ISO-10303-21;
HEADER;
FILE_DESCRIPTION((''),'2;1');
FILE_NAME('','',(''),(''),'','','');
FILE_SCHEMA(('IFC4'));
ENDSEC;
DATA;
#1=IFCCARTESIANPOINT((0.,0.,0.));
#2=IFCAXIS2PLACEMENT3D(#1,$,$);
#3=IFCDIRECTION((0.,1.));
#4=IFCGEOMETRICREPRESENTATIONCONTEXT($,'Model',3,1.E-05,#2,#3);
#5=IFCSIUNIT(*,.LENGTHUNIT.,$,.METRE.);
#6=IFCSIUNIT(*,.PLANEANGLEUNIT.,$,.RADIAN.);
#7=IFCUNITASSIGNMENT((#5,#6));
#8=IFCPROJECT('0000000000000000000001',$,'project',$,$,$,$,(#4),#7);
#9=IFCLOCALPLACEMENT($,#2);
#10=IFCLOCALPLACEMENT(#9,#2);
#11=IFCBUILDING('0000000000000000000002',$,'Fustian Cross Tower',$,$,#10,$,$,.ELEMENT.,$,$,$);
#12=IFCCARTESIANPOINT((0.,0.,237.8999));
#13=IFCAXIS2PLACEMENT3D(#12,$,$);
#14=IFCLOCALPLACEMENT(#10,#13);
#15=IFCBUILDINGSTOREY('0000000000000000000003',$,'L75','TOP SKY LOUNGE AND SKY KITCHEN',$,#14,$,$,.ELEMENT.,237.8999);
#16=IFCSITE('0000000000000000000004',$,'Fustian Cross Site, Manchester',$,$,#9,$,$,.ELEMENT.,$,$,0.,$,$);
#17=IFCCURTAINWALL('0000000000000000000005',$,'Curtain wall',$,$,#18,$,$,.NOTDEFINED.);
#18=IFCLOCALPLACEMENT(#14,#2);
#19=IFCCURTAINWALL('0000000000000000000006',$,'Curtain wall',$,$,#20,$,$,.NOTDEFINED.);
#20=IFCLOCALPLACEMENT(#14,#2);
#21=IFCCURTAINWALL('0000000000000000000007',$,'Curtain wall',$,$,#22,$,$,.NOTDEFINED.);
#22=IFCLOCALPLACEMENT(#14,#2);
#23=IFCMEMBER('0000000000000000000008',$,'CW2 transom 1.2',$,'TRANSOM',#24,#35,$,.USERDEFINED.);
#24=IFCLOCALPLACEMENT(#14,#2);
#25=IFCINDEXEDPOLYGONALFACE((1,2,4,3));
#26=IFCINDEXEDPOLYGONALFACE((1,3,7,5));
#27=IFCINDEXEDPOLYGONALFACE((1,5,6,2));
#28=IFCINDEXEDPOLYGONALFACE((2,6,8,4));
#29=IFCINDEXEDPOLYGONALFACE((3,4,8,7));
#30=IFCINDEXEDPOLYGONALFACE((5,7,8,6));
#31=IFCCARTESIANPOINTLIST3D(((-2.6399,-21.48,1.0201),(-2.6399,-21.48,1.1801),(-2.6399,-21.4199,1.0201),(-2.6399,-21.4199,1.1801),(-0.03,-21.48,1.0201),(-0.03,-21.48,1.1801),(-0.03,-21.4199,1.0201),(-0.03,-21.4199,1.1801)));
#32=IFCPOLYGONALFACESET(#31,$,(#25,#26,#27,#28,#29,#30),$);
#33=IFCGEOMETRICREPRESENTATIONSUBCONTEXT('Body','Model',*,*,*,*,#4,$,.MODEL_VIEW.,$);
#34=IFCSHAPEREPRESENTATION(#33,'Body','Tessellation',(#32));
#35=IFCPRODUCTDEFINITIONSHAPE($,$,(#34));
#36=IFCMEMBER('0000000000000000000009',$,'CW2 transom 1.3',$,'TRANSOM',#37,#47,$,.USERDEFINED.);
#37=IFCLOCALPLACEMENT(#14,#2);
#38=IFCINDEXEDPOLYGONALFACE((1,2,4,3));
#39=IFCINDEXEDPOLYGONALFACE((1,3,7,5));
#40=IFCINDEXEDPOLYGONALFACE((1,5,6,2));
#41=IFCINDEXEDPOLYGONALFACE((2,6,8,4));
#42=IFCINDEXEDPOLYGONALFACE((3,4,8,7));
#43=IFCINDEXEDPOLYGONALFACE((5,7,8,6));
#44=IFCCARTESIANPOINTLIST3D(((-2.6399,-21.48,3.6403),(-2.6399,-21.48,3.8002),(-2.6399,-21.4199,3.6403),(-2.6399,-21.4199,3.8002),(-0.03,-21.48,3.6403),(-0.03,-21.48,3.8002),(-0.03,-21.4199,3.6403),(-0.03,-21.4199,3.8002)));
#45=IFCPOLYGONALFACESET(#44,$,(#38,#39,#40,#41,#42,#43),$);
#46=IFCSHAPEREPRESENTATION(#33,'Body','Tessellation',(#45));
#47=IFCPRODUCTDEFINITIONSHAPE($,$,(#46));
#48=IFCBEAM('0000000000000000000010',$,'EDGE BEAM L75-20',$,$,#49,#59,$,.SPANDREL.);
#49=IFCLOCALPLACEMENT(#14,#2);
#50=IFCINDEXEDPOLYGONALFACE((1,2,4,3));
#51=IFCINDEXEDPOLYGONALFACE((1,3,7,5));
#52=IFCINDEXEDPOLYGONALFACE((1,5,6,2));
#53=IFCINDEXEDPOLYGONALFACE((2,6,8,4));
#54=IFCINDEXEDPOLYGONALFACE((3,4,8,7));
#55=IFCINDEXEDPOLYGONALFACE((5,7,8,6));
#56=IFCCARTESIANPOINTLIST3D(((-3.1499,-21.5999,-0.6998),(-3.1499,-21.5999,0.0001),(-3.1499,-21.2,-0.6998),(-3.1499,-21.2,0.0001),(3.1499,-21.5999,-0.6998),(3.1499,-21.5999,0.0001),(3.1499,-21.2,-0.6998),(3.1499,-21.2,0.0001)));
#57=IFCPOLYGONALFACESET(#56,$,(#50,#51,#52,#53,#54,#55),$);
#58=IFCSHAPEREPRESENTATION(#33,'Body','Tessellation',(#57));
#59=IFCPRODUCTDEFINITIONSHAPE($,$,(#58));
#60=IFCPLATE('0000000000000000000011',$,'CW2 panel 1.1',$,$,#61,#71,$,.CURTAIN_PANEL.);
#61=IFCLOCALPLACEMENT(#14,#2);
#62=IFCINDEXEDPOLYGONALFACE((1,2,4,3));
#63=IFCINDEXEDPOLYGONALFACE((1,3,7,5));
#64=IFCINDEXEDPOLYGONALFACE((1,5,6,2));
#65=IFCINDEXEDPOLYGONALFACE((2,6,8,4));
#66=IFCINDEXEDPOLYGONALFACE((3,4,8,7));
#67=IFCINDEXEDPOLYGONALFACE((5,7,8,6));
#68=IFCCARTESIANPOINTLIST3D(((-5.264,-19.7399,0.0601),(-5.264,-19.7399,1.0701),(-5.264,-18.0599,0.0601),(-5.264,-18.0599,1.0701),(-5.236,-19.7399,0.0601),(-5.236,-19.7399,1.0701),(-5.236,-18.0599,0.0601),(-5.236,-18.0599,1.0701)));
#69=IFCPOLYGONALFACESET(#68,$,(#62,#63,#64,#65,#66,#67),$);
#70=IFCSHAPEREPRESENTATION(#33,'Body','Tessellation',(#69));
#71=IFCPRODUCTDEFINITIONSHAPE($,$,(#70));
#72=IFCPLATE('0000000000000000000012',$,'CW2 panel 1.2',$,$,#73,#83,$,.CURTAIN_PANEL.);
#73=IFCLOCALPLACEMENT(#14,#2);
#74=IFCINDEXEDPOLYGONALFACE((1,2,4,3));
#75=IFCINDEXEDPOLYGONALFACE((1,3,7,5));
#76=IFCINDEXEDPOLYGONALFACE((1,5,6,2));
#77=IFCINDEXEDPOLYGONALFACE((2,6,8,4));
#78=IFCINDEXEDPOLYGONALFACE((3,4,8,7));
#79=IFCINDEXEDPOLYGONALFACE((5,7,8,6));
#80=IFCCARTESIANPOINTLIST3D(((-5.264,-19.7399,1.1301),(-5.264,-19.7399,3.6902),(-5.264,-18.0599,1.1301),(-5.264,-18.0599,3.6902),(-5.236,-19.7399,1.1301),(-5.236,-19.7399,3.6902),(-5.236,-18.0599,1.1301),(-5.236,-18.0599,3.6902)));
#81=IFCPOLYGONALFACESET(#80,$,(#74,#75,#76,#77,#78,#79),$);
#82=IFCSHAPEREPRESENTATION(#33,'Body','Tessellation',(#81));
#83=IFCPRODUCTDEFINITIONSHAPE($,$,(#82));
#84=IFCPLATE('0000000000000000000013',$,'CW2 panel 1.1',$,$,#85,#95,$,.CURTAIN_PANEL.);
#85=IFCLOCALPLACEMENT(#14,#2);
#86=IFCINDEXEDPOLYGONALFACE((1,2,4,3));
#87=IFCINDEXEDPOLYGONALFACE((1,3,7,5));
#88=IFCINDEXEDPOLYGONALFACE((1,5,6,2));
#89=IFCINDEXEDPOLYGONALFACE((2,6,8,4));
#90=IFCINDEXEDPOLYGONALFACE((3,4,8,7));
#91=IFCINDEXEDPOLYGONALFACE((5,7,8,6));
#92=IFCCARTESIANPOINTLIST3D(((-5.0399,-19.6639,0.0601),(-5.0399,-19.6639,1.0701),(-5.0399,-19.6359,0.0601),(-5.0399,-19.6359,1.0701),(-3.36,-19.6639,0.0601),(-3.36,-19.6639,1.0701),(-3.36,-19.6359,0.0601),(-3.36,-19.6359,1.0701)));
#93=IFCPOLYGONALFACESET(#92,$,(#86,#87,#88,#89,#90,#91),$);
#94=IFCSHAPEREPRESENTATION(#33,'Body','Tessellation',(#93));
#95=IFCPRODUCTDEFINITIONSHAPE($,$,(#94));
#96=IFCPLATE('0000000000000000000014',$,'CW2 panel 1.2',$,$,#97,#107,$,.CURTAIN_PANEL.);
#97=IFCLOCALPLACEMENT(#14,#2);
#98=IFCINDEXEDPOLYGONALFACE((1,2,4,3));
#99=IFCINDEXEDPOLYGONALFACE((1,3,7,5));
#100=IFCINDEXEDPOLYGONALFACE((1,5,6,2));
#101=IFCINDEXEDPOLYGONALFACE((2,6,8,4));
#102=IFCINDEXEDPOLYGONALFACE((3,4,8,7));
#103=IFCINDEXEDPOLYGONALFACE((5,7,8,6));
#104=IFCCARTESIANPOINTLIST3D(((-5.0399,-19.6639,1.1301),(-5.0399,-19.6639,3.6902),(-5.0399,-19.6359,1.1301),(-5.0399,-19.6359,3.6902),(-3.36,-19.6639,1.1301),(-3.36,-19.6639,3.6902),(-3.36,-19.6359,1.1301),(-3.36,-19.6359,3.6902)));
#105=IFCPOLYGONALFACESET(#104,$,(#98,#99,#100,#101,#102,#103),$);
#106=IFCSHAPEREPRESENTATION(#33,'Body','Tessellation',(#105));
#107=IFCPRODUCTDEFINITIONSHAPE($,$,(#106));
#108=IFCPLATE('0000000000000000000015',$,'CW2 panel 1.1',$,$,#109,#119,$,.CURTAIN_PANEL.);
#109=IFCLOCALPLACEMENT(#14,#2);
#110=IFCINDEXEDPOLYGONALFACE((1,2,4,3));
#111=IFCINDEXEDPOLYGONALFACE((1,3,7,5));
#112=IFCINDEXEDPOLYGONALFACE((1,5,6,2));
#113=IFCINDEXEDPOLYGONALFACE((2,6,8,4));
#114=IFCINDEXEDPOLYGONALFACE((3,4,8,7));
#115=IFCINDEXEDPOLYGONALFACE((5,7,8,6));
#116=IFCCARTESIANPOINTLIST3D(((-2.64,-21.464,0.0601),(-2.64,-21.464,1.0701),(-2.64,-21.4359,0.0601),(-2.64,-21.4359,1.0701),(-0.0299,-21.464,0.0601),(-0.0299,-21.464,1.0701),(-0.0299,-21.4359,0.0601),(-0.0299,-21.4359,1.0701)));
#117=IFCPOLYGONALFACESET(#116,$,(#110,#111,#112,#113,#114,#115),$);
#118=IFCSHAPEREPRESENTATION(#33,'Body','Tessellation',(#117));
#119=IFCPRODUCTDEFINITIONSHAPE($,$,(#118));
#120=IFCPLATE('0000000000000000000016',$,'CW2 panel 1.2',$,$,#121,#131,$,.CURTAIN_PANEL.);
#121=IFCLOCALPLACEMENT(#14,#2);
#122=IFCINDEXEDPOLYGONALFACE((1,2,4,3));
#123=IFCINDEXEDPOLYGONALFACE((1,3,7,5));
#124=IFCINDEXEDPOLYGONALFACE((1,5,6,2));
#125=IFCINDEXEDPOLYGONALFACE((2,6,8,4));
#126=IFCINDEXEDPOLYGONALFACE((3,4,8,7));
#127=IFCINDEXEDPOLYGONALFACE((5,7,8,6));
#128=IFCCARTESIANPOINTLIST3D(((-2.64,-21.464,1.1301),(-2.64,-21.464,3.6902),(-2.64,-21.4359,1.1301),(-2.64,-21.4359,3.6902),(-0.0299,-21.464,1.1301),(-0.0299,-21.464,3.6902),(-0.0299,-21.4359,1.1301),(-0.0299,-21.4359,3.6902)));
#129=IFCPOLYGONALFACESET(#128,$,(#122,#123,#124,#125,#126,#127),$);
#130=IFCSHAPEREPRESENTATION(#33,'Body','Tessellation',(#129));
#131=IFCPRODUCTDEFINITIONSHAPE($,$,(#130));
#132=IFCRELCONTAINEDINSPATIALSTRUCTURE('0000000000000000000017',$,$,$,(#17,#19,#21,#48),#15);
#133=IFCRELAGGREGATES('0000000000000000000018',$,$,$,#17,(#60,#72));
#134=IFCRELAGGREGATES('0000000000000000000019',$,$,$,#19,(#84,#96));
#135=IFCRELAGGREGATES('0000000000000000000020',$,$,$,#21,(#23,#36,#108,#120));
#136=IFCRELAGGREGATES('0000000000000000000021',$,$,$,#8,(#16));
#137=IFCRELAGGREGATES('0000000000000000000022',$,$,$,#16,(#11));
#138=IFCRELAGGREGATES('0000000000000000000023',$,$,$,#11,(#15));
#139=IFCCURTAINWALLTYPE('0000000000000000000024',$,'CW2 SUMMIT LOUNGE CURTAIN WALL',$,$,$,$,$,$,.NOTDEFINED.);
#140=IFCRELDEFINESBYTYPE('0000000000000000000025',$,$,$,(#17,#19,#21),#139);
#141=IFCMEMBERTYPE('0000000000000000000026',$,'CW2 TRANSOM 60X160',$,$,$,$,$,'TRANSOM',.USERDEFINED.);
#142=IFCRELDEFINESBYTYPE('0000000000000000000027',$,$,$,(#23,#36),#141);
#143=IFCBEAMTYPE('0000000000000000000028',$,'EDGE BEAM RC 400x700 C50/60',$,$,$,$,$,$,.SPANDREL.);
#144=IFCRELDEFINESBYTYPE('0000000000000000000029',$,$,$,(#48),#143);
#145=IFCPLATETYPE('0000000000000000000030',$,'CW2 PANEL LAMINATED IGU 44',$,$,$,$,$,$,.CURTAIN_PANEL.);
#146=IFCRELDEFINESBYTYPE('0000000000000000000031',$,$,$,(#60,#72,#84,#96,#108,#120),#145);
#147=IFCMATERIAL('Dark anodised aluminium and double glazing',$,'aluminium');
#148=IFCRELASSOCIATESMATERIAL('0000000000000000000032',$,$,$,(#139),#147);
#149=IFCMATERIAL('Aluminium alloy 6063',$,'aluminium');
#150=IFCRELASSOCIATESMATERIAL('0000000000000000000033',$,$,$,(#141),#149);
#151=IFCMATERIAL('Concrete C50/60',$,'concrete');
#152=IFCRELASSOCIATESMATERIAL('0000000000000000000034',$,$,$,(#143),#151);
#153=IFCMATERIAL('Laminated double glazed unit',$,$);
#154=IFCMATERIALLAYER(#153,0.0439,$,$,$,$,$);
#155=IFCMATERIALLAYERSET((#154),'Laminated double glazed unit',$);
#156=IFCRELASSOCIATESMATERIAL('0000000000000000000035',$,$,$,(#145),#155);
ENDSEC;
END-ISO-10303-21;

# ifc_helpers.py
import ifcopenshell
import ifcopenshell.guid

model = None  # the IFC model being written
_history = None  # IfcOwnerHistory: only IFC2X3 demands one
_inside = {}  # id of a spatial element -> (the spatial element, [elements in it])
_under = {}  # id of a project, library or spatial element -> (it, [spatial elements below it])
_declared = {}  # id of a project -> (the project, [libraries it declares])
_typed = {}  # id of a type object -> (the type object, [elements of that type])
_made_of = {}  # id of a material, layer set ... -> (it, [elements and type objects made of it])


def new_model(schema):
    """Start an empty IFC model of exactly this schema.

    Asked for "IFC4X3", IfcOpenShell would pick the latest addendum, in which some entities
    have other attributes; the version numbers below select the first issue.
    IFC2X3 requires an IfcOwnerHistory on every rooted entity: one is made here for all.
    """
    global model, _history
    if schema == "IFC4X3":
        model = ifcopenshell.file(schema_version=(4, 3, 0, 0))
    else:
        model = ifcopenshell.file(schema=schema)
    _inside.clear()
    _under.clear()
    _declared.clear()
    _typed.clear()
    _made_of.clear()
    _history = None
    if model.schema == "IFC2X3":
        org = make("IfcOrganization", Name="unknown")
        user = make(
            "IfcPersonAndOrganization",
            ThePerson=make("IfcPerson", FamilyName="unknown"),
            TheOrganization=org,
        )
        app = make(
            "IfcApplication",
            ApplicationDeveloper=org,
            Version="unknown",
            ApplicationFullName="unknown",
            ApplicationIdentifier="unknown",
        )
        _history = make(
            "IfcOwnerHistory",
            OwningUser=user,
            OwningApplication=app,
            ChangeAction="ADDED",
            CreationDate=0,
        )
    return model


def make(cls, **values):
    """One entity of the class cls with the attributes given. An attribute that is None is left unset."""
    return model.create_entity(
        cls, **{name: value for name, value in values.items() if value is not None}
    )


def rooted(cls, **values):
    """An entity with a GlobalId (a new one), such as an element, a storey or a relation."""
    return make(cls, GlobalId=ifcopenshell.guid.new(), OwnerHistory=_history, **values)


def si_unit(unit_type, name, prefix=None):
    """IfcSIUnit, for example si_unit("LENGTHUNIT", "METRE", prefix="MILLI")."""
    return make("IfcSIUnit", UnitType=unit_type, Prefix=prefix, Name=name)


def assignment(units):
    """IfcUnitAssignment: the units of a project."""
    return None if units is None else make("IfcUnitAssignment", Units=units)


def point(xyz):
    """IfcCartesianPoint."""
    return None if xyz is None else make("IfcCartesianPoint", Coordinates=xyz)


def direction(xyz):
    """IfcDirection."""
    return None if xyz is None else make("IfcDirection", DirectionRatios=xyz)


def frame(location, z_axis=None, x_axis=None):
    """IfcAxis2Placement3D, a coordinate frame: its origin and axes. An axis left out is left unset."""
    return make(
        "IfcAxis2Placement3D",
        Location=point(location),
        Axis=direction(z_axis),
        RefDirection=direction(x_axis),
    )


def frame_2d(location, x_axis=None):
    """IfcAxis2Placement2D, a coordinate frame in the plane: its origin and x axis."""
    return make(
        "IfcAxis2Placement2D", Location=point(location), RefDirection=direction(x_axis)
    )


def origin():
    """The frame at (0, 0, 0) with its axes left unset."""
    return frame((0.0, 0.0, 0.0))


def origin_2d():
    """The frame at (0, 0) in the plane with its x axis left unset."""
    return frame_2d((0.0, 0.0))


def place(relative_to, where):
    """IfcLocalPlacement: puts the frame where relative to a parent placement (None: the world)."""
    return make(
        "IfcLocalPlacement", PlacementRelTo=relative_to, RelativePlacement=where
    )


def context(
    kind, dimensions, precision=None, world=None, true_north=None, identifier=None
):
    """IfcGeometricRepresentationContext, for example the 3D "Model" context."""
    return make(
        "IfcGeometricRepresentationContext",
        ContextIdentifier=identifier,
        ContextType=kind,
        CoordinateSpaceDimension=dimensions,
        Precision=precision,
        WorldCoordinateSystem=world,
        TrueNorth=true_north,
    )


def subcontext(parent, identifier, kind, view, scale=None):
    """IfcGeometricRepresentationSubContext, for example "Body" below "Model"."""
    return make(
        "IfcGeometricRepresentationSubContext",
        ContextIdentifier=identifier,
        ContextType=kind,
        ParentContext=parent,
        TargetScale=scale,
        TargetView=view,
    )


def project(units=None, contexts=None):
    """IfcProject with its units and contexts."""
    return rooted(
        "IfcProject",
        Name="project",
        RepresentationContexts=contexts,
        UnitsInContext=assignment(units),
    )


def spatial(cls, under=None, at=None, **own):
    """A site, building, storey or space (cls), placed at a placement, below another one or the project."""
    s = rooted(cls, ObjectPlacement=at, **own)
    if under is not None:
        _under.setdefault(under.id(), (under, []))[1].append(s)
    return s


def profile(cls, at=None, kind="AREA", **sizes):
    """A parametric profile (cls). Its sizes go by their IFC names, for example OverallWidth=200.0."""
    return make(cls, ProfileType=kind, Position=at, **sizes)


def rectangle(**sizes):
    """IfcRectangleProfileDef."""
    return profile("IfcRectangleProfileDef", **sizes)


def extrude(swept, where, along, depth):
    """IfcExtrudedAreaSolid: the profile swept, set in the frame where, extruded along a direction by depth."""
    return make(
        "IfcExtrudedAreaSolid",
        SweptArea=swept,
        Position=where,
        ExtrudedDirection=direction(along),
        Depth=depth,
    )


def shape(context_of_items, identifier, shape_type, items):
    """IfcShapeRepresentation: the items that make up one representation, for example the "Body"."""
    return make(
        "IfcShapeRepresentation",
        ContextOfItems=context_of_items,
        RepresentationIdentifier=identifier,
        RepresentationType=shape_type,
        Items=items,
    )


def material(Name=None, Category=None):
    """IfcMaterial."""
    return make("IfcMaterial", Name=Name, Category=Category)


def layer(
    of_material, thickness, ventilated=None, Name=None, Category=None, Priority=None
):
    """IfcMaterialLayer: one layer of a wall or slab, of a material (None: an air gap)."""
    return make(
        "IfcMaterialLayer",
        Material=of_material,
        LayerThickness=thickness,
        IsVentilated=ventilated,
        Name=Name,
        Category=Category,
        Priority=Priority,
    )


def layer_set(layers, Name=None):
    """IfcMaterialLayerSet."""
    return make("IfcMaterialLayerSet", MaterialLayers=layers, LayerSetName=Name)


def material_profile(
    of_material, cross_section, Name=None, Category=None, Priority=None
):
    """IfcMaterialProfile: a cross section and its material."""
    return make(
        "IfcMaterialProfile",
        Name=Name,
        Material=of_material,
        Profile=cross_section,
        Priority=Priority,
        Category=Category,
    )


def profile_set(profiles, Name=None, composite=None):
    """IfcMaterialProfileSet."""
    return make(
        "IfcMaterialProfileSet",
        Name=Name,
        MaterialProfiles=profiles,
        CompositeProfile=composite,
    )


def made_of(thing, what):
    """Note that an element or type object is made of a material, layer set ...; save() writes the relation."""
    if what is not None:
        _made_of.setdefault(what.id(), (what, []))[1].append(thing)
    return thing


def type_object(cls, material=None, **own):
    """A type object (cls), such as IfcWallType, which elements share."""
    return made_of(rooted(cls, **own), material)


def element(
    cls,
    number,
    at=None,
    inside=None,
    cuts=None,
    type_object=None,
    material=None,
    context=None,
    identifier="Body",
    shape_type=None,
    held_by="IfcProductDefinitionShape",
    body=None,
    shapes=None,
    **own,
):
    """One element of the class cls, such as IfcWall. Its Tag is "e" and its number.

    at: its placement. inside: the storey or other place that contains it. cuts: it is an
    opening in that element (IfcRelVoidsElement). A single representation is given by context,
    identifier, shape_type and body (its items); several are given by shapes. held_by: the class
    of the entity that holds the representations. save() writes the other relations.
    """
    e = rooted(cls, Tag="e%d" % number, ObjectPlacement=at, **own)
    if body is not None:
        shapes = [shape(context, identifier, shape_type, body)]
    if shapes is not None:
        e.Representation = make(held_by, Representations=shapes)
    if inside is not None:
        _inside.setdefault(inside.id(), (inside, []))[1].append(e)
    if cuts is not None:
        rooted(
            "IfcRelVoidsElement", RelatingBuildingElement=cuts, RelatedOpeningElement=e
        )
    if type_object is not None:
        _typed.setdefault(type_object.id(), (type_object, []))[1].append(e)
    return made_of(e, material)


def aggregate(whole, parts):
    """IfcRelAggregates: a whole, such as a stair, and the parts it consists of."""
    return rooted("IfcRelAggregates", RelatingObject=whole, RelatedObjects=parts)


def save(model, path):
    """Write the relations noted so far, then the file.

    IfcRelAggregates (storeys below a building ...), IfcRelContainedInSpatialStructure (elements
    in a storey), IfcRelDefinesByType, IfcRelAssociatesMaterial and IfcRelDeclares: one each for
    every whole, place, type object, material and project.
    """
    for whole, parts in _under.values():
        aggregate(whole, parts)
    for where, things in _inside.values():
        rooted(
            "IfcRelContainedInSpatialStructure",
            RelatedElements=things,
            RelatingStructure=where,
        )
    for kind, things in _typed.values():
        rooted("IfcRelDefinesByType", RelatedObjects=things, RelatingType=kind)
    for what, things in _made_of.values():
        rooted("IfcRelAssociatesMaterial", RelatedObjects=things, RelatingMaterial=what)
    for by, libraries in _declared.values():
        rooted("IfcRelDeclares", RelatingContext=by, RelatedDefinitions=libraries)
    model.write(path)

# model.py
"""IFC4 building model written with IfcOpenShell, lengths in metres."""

from ifc_helpers import new_model, si_unit, direction, frame, origin, origin_2d, place, context, subcontext, project, spatial, rectangle, extrude, material, layer, layer_set, material_profile, profile_set, type_object, element, aggregate, save


model = new_model("IFC4")

# Units and contexts
model_context = context("Model", 3, precision=1e-05, world=origin(), true_north=direction((0.0, 1.0)))
body_context = subcontext(model_context, "Body", "Model", "MODEL_VIEW")
ifc_project = project(units=[si_unit("LENGTHUNIT", "METRE"), si_unit("PLANEANGLEUNIT", "RADIAN")], contexts=[model_context])

# Site, building, storey
site_placement = place(None, origin())
site = spatial("IfcSite", under=ifc_project, at=site_placement, Name="Fustian Cross Site, Manchester", CompositionType="ELEMENT", RefElevation=0.0)
building_placement = place(site_placement, origin())
building = spatial("IfcBuilding", under=site, at=building_placement, Name="Fustian Cross Tower", CompositionType="ELEMENT")
storey_placement = place(building_placement, frame((0.0, 0.0, 237.8999)))
storey = spatial("IfcBuildingStorey", under=building, at=storey_placement, Name="L75", Description="TOP SKY LOUNGE AND SKY KITCHEN", CompositionType="ELEMENT", Elevation=237.8999)

# Curtain walls
ifc_material_1 = material(Name="Dark anodised aluminium and double glazing", Category="aluminium")
curtain_wall_type = type_object("IfcCurtainWallType", Name="CW2 SUMMIT LOUNGE CURTAIN WALL", PredefinedType="NOTDEFINED", material=ifc_material_1)
curtain_wall_1_placement = place(storey_placement, origin())
curtain_wall_1 = element("IfcCurtainWall", 1, at=curtain_wall_1_placement, inside=storey, type_object=curtain_wall_type, Name="Curtain wall", PredefinedType="NOTDEFINED")
curtain_wall_2_placement = place(storey_placement, origin())
curtain_wall_2 = element("IfcCurtainWall", 2, at=curtain_wall_2_placement, inside=storey, type_object=curtain_wall_type, Name="Curtain wall", PredefinedType="NOTDEFINED")
curtain_wall_3_placement = place(storey_placement, origin())
curtain_wall_3 = element("IfcCurtainWall", 3, at=curtain_wall_3_placement, inside=storey, type_object=curtain_wall_type, Name="Curtain wall", PredefinedType="NOTDEFINED")

# Members
ifc_material_2 = material(Name="Aluminium alloy 6063", Category="aluminium")
ifc_material_profile_1 = material_profile(ifc_material_2, rectangle(XDim=0.0601, YDim=0.1599, at=origin_2d()), Name="CW2 TRANSOM 60X160")
ifc_profile_set_1 = profile_set([ifc_material_profile_1], Name="Aluminium alloy 6063")
member_type_1 = type_object("IfcMemberType", Name="CW2 TRANSOM 60X160", ElementType="TRANSOM", PredefinedType="USERDEFINED", material=ifc_profile_set_1)
member_1_placement = place(storey_placement, frame((-2.6399, -21.45, 1.1001), z_axis=(1.0, 0.0, 0.0), x_axis=(0.0, 1.0, 0.0)))
member_1 = element("IfcMember", 4, at=member_1_placement, type_object=member_type_1, Name="CW2 transom 1.2", ObjectType="TRANSOM", PredefinedType="USERDEFINED", context=body_context, shape_type="SweptSolid", body=[
    extrude(rectangle(XDim=0.0601, YDim=0.1599, at=origin_2d()), origin(), (0.0, 0.0, 1.0), 2.6099),
])
member_2_placement = place(storey_placement, frame((-2.6399, -21.45, 3.7202), z_axis=(1.0, 0.0, 0.0), x_axis=(0.0, 1.0, 0.0)))
member_2 = element("IfcMember", 5, at=member_2_placement, type_object=member_type_1, Name="CW2 transom 1.3", ObjectType="TRANSOM", PredefinedType="USERDEFINED", context=body_context, shape_type="SweptSolid", body=[
    extrude(rectangle(XDim=0.0601, YDim=0.1599, at=origin_2d()), origin(), (0.0, 0.0, 1.0), 2.6099),
])

# Beam
ifc_material_3 = material(Name="Concrete C50/60", Category="concrete")
ifc_material_profile_2 = material_profile(ifc_material_3, rectangle(XDim=0.3999, YDim=0.7, at=origin_2d()), Name="RC 400x700")
ifc_profile_set_2 = profile_set([ifc_material_profile_2], Name="Concrete C50/60")
beam_type = type_object("IfcBeamType", Name="EDGE BEAM RC 400x700 C50/60", PredefinedType="SPANDREL", material=ifc_profile_set_2)
beam_placement = place(storey_placement, frame((-3.1499, -21.3999, -0.3499), z_axis=(1.0, 0.0, 0.0), x_axis=(0.0, 1.0, 0.0)))
element("IfcBeam", 6, at=beam_placement, inside=storey, type_object=beam_type, Name="EDGE BEAM L75-20", PredefinedType="SPANDREL", context=body_context, shape_type="SweptSolid", body=[
    extrude(rectangle(XDim=0.3999, YDim=0.7, at=origin_2d()), origin(), (0.0, 0.0, 1.0), 6.2998),
])

# Plates
ifc_material_4 = material(Name="Laminated double glazed unit")
ifc_layer_1 = layer(ifc_material_4, 0.0439)
ifc_layer_set_1 = layer_set([ifc_layer_1], Name="Laminated double glazed unit")
plate_type = type_object("IfcPlateType", Name="CW2 PANEL LAMINATED IGU 44", PredefinedType="CURTAIN_PANEL", material=ifc_layer_set_1)
plate_1_placement = place(storey_placement, frame((-5.25, -18.8999, 0.0601), z_axis=(0.0, 0.0, 1.0), x_axis=(0.0, -1.0, 0.0)))
plate_1 = element("IfcPlate", 7, at=plate_1_placement, type_object=plate_type, Name="CW2 panel 1.1", PredefinedType="CURTAIN_PANEL", context=body_context, shape_type="SweptSolid", body=[
    extrude(rectangle(XDim=1.6799, YDim=0.0281, at=origin_2d()), origin(), (0.0, 0.0, 1.0), 1.01),
])
plate_2_placement = place(storey_placement, frame((-5.25, -18.8999, 1.1301), z_axis=(0.0, 0.0, 1.0), x_axis=(0.0, -1.0, 0.0)))
plate_2 = element("IfcPlate", 8, at=plate_2_placement, type_object=plate_type, Name="CW2 panel 1.2", PredefinedType="CURTAIN_PANEL", context=body_context, shape_type="SweptSolid", body=[
    extrude(rectangle(XDim=1.6799, YDim=0.0281, at=origin_2d()), origin(), (0.0, 0.0, 1.0), 2.5601),
])
aggregate(curtain_wall_1, [plate_1, plate_2])
plate_3_placement = place(storey_placement, frame((-4.2, -19.6499, 0.0601), z_axis=(0.0, 0.0, 1.0), x_axis=(1.0, 0.0, 0.0)))
plate_3 = element("IfcPlate", 9, at=plate_3_placement, type_object=plate_type, Name="CW2 panel 1.1", PredefinedType="CURTAIN_PANEL", context=body_context, shape_type="SweptSolid", body=[
    extrude(rectangle(XDim=1.6799, YDim=0.0281, at=origin_2d()), origin(), (0.0, 0.0, 1.0), 1.01),
])
plate_4_placement = place(storey_placement, frame((-4.2, -19.6499, 1.1301), z_axis=(0.0, 0.0, 1.0), x_axis=(1.0, 0.0, 0.0)))
plate_4 = element("IfcPlate", 10, at=plate_4_placement, type_object=plate_type, Name="CW2 panel 1.2", PredefinedType="CURTAIN_PANEL", context=body_context, shape_type="SweptSolid", body=[
    extrude(rectangle(XDim=1.6799, YDim=0.0281, at=origin_2d()), origin(), (0.0, 0.0, 1.0), 2.5601),
])
aggregate(curtain_wall_2, [plate_3, plate_4])
plate_5_placement = place(storey_placement, frame((-1.335, -21.45, 0.0601), z_axis=(0.0, 0.0, 1.0), x_axis=(1.0, 0.0, 0.0)))
plate_5 = element("IfcPlate", 11, at=plate_5_placement, type_object=plate_type, Name="CW2 panel 1.1", PredefinedType="CURTAIN_PANEL", context=body_context, shape_type="SweptSolid", body=[
    extrude(rectangle(XDim=2.6101, YDim=0.0281, at=origin_2d()), origin(), (0.0, 0.0, 1.0), 1.01),
])
plate_6_placement = place(storey_placement, frame((-1.335, -21.45, 1.1301), z_axis=(0.0, 0.0, 1.0), x_axis=(1.0, 0.0, 0.0)))
plate_6 = element("IfcPlate", 12, at=plate_6_placement, type_object=plate_type, Name="CW2 panel 1.2", PredefinedType="CURTAIN_PANEL", context=body_context, shape_type="SweptSolid", body=[
    extrude(rectangle(XDim=2.6101, YDim=0.0281, at=origin_2d()), origin(), (0.0, 0.0, 1.0), 2.5601),
])
aggregate(curtain_wall_3, [member_1, member_2, plate_5, plate_6])

save(model, "model.ifc")
